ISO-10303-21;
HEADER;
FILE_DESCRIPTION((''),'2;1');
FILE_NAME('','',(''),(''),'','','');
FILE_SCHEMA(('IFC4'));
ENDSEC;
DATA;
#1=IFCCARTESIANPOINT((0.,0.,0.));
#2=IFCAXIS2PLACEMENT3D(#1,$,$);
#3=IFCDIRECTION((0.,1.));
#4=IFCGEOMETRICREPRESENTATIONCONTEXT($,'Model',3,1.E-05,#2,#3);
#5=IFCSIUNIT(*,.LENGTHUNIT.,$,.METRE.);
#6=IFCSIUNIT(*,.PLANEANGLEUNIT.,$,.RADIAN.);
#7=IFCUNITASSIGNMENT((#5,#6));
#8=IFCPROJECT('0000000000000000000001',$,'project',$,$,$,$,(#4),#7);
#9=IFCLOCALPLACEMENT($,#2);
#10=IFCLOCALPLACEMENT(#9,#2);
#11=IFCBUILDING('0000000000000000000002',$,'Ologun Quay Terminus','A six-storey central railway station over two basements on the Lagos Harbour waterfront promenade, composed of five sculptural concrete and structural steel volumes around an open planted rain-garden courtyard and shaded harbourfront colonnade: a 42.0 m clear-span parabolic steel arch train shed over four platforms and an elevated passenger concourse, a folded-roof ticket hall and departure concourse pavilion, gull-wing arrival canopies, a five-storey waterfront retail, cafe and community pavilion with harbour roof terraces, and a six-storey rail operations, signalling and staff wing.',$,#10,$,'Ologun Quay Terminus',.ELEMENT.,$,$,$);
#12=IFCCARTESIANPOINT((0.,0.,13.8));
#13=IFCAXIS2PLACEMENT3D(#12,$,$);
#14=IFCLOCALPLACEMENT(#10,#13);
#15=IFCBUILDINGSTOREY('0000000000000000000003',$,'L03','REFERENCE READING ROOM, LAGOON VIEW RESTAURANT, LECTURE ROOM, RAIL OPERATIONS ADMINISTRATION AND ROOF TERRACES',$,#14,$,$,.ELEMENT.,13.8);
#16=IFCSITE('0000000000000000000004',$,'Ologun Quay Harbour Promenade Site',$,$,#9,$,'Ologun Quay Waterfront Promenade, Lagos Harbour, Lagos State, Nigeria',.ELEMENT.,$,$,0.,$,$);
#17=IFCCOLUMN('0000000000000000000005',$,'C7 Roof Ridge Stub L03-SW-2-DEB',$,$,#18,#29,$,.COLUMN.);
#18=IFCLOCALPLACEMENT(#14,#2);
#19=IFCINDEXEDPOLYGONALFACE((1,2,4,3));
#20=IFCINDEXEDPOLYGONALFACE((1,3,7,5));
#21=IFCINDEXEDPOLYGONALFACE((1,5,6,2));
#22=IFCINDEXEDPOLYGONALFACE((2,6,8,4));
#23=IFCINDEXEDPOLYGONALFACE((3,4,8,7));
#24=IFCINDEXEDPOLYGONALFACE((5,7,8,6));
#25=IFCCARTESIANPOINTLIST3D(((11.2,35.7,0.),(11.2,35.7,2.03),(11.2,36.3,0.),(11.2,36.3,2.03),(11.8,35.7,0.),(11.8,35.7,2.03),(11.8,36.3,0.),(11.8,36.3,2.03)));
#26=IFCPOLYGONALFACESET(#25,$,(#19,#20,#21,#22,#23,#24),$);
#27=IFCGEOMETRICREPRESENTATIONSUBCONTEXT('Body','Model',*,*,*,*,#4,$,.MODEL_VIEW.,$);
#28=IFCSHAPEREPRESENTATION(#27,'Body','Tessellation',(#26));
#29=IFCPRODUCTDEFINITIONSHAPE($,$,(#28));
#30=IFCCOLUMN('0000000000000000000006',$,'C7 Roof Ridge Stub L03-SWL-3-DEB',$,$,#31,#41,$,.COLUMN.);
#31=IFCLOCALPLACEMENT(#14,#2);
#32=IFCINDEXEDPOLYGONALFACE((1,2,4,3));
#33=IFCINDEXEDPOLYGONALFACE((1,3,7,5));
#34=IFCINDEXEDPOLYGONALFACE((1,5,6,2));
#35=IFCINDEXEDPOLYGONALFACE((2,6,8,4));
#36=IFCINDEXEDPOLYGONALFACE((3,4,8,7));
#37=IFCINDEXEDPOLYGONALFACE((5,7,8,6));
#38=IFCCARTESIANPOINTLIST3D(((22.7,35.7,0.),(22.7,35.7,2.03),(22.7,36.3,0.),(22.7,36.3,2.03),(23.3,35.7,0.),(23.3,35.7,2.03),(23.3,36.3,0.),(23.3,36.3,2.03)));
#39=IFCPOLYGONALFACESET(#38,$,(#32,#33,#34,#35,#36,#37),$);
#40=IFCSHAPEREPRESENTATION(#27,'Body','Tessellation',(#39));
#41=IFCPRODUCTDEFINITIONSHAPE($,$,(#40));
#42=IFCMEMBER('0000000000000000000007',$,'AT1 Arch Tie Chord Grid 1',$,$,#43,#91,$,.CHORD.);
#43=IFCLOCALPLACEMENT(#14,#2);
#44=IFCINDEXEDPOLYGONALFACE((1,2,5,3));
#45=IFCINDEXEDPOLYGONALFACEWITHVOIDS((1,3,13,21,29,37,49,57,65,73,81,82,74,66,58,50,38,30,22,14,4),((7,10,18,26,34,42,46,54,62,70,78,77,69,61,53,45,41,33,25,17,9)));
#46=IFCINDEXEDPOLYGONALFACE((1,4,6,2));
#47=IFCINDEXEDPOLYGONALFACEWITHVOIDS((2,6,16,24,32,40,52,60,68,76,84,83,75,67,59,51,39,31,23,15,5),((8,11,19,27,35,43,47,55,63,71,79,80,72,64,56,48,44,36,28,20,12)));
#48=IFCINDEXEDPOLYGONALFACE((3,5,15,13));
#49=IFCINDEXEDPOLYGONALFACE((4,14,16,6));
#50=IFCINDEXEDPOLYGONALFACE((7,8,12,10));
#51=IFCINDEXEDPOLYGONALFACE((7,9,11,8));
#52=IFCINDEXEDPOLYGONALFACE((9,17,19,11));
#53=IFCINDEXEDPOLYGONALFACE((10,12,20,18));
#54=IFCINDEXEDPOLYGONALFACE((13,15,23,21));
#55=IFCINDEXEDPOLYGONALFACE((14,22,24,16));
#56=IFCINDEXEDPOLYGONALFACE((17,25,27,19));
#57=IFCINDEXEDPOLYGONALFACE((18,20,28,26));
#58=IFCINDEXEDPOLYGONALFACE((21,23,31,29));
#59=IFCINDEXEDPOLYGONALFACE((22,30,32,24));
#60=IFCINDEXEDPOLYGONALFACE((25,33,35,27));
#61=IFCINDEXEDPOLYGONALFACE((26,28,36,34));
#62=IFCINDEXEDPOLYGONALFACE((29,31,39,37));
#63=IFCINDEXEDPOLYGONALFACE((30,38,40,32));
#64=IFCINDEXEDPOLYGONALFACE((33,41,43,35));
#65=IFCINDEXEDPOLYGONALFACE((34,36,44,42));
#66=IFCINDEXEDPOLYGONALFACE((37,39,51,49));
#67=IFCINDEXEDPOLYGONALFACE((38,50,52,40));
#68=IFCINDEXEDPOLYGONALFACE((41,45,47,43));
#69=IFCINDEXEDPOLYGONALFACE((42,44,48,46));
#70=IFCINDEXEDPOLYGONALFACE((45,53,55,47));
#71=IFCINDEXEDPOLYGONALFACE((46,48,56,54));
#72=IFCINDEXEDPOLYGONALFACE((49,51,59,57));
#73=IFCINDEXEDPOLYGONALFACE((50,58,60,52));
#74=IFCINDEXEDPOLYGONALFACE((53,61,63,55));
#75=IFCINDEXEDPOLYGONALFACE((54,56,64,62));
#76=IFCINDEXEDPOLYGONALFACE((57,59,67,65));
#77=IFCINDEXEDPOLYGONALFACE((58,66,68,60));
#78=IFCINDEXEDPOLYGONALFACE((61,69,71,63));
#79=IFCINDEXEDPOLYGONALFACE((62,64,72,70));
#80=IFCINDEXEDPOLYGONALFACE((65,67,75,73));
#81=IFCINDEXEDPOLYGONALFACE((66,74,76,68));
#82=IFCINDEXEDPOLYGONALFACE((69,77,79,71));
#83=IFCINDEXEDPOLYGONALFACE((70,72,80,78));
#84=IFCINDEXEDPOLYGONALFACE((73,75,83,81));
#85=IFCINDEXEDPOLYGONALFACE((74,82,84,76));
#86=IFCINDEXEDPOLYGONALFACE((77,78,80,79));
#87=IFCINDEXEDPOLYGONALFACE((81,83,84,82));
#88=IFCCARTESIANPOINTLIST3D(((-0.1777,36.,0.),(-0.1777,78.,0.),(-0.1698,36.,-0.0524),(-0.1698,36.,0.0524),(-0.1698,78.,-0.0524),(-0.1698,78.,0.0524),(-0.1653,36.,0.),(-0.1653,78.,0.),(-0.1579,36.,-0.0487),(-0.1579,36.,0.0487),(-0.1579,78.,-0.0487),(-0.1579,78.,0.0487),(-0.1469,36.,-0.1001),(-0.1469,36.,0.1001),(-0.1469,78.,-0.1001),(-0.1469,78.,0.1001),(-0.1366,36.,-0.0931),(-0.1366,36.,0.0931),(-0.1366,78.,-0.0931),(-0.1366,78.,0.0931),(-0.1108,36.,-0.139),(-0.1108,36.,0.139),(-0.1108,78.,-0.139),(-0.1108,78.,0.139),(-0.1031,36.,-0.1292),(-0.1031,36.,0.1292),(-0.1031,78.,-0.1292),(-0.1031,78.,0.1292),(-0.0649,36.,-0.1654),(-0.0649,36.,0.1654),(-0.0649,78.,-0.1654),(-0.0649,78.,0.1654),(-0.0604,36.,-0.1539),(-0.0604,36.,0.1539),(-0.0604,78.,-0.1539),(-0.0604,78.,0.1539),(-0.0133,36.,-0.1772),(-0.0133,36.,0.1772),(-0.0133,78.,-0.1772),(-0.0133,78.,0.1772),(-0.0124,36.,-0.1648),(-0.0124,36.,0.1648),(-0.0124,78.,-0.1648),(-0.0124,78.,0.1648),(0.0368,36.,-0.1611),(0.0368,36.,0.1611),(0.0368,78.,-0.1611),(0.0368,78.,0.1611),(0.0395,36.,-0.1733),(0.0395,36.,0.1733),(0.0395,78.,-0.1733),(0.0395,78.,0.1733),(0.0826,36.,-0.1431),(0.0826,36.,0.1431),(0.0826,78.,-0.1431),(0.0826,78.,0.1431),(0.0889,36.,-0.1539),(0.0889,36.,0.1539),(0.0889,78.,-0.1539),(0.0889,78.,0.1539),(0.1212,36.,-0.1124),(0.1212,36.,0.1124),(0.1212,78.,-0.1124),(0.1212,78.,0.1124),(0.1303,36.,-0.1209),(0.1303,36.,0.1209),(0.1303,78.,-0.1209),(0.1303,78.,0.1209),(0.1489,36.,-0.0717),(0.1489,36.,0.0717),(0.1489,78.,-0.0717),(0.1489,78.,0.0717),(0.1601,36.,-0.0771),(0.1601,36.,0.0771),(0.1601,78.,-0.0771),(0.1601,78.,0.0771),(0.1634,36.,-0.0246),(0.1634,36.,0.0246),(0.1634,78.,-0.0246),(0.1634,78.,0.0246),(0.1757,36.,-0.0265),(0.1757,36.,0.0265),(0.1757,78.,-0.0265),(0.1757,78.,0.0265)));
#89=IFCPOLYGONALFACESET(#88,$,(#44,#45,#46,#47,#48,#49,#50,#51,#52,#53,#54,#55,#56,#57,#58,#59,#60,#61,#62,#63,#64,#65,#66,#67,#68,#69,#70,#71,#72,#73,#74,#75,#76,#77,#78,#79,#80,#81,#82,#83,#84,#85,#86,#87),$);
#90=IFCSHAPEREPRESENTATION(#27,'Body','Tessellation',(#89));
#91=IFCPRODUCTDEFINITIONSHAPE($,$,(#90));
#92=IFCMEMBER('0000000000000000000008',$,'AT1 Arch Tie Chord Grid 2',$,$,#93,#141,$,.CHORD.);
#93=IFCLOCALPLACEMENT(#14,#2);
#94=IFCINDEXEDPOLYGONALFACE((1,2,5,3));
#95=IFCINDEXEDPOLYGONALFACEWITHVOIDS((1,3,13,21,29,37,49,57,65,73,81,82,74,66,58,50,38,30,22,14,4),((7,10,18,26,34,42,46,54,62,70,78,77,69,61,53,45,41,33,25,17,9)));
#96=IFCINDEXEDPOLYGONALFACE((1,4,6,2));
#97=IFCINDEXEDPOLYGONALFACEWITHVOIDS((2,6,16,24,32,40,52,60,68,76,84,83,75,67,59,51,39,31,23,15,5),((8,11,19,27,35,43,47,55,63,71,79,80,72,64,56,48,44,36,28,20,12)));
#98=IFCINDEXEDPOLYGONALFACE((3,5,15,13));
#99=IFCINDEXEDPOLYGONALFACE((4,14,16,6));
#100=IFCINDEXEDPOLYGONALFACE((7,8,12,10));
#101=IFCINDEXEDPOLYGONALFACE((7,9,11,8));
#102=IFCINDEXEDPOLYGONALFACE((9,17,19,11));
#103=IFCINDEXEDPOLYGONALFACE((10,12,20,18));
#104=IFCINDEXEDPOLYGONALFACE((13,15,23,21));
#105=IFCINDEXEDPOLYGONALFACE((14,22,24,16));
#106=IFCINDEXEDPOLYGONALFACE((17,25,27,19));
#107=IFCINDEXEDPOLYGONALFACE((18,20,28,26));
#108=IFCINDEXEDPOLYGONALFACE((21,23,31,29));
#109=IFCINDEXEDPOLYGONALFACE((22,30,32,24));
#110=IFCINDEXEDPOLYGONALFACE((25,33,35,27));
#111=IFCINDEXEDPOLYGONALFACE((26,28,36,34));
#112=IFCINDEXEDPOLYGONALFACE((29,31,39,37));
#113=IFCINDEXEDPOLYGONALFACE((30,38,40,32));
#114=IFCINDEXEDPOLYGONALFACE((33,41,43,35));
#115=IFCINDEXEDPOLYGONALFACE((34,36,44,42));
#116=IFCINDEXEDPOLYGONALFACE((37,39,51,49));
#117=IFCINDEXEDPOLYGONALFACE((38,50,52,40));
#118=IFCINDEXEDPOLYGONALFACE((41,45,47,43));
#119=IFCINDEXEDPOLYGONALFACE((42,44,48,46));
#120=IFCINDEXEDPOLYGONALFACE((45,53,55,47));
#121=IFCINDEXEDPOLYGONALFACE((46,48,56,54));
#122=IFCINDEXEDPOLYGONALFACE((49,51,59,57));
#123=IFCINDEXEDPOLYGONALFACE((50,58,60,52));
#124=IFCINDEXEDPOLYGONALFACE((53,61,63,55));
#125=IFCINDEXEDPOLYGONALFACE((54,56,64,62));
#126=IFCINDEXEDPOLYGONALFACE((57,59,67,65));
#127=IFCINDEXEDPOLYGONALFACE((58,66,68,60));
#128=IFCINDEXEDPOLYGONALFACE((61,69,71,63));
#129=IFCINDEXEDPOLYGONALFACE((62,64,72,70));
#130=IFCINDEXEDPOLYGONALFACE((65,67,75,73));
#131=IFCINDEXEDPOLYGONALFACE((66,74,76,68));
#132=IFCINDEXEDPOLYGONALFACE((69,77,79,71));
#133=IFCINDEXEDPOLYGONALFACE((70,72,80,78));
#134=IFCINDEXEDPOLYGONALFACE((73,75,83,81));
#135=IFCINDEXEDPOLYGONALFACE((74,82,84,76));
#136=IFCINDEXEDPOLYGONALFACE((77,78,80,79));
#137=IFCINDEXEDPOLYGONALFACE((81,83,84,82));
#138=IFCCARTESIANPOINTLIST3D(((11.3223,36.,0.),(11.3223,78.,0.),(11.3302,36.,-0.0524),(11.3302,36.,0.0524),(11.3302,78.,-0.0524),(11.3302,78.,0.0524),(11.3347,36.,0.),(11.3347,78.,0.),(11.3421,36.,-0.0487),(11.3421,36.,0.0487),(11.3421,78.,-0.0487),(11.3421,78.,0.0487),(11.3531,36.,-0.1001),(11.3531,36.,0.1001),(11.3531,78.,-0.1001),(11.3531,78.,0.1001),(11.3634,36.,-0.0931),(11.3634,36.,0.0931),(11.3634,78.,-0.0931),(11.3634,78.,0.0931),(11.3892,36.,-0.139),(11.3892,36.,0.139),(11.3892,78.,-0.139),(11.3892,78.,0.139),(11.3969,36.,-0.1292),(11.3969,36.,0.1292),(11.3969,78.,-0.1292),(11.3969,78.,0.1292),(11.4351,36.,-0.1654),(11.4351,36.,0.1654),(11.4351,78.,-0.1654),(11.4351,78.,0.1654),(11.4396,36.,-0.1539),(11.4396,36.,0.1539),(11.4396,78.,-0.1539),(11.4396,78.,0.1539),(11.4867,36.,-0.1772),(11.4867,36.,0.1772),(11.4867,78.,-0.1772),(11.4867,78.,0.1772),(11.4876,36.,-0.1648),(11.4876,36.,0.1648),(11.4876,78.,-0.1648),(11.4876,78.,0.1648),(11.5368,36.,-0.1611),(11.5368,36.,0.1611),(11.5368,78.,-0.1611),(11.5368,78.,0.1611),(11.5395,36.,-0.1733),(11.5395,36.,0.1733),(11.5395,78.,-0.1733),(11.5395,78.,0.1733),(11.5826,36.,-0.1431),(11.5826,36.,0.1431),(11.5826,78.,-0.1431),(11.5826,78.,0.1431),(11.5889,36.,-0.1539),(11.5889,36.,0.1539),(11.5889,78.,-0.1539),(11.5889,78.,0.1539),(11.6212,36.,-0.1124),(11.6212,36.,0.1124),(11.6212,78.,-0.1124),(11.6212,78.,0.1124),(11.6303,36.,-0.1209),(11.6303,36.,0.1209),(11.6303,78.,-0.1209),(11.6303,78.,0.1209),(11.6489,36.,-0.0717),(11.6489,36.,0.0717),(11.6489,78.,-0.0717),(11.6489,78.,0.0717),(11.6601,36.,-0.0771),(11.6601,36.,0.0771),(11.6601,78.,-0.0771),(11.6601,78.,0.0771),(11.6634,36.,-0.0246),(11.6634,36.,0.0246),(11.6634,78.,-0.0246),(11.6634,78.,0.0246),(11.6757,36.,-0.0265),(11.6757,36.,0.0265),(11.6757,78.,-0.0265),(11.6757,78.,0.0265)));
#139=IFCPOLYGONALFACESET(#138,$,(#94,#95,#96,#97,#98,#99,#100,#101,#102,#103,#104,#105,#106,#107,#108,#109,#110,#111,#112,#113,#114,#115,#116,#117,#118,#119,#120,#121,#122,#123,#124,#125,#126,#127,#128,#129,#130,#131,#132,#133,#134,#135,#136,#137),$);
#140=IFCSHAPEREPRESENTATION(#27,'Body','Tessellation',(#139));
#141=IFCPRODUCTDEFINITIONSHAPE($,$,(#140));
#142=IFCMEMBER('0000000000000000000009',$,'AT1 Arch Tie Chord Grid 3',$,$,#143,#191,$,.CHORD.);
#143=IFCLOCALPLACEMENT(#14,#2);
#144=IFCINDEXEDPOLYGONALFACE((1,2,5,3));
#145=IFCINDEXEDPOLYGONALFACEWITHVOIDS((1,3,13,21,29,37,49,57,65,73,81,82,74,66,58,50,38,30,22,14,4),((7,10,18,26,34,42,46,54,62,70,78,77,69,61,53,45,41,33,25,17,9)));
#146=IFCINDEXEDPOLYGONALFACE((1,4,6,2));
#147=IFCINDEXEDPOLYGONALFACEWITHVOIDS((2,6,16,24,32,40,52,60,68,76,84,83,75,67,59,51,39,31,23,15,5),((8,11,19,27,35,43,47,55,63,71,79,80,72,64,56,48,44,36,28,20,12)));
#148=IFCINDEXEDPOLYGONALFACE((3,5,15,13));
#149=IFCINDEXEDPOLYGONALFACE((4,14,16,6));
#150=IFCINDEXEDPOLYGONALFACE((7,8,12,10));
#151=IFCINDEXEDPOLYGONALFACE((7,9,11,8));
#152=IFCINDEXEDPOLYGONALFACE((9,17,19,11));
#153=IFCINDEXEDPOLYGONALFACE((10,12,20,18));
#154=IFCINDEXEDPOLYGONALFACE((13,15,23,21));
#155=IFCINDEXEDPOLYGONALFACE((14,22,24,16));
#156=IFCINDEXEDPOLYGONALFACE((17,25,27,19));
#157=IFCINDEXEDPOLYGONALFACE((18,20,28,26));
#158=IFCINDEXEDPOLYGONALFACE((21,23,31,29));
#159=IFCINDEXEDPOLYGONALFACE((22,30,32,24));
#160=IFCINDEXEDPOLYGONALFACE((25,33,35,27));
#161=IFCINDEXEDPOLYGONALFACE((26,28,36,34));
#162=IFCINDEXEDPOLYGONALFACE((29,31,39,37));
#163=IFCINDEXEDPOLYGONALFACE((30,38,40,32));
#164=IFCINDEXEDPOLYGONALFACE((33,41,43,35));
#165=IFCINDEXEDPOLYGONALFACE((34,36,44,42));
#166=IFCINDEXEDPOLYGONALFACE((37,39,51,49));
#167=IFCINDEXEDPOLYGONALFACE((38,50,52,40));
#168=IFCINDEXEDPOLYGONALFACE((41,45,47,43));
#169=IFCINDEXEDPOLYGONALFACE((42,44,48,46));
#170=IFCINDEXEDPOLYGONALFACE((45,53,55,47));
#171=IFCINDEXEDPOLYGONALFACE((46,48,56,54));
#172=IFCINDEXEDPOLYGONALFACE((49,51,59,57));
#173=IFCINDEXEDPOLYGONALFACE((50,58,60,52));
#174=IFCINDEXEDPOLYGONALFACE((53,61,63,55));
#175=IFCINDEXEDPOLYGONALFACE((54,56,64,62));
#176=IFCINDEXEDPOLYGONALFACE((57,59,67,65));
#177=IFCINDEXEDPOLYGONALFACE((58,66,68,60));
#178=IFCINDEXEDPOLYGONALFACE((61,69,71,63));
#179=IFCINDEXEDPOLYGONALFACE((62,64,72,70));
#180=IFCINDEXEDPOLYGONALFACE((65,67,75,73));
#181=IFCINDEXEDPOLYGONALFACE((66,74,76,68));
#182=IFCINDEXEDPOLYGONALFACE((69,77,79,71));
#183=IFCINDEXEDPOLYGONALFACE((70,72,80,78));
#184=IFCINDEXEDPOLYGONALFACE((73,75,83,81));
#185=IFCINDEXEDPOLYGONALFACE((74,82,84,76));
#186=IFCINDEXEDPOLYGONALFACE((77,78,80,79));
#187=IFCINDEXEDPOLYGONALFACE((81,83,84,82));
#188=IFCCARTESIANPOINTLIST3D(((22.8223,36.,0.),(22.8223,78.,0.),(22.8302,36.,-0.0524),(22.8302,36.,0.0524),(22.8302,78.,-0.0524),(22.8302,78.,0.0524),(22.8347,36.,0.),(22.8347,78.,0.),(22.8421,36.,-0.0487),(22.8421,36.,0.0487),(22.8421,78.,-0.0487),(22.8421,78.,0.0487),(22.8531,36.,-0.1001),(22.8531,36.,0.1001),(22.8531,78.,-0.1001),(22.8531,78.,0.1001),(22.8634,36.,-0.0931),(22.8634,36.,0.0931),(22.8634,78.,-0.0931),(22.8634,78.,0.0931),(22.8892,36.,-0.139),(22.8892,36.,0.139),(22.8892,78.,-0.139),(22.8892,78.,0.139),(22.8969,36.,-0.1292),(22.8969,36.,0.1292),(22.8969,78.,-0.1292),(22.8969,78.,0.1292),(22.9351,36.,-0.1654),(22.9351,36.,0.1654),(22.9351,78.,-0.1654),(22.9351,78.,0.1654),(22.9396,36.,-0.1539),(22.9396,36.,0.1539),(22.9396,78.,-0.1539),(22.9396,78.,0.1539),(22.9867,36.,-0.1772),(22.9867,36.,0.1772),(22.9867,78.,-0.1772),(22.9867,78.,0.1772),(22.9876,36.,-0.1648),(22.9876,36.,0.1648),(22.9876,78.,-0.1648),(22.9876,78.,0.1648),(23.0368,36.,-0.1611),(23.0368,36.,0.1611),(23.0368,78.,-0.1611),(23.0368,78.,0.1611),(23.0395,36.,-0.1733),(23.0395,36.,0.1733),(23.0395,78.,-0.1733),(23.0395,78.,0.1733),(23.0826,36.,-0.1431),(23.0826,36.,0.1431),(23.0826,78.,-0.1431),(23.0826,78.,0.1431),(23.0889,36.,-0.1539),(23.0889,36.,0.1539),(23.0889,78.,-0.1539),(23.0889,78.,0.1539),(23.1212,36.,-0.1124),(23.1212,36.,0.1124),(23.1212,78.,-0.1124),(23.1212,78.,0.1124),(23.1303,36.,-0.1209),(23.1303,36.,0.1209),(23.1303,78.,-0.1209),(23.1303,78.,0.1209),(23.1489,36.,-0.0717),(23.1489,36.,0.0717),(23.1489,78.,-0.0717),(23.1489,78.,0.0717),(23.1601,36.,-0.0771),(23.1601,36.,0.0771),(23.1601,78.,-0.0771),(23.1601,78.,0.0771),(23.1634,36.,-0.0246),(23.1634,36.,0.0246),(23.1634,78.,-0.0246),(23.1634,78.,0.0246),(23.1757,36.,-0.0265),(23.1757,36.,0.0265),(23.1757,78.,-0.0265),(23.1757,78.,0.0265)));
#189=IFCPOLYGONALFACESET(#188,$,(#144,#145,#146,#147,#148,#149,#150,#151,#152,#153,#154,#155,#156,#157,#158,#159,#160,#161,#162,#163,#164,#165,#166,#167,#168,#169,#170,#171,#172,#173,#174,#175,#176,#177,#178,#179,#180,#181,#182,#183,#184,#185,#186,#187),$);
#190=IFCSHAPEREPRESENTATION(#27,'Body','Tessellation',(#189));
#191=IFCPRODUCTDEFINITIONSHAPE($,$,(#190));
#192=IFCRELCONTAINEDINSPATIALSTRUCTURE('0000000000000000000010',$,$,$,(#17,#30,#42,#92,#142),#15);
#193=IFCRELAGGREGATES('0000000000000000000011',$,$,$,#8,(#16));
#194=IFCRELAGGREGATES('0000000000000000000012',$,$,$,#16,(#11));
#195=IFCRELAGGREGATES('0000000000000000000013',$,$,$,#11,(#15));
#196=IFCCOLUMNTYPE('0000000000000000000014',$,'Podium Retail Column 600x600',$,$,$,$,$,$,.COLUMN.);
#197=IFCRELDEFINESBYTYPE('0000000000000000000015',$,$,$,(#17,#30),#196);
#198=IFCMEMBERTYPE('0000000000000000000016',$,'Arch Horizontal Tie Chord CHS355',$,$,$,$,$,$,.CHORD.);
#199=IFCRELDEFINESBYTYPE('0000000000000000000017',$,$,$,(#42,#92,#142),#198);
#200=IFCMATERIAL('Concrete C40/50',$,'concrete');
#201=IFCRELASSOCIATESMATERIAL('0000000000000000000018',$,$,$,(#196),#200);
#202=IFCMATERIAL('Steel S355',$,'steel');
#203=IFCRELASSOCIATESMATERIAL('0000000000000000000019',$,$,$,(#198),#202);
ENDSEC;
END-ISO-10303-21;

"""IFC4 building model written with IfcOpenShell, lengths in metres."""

from ifc_helpers import new_model, si_unit, direction, frame, origin, origin_2d, place, context, subcontext, project, spatial, rectangle, hollow_circle, extrude, material, material_profile, profile_set, type_object, element, save


model = new_model("IFC4")

# Units and contexts
model_context = context("Model", 3, precision=1e-05, world=origin(), true_north=direction((0.0, 1.0)))
body_context = subcontext(model_context, "Body", "Model", "MODEL_VIEW")
ifc_project = project(units=[si_unit("LENGTHUNIT", "METRE"), si_unit("PLANEANGLEUNIT", "RADIAN")], contexts=[model_context])

# Site, building, storey
site_placement = place(None, origin())
site = spatial("IfcSite", under=ifc_project, at=site_placement, Name="Ologun Quay Harbour Promenade Site", LongName="Ologun Quay Waterfront Promenade, Lagos Harbour, Lagos State, Nigeria", CompositionType="ELEMENT", RefElevation=0.0)
building_placement = place(site_placement, origin())
building = spatial("IfcBuilding", under=site, at=building_placement, Name="Ologun Quay Terminus", Description="A six-storey central railway station over two basements on the Lagos Harbour waterfront promenade, composed of five sculptural concrete and structural steel volumes around an open planted rain-garden courtyard and shaded harbourfront colonnade: a 42.0 m clear-span parabolic steel arch train shed over four platforms and an elevated passenger concourse, a folded-roof ticket hall and departure concourse pavilion, gull-wing arrival canopies, a five-storey waterfront retail, cafe and community pavilion with harbour roof terraces, and a six-storey rail operations, signalling and staff wing.", LongName="Ologun Quay Terminus", CompositionType="ELEMENT")
storey_placement = place(building_placement, frame((0.0, 0.0, 13.8)))
storey = spatial("IfcBuildingStorey", under=building, at=storey_placement, Name="L03", Description="REFERENCE READING ROOM, LAGOON VIEW RESTAURANT, LECTURE ROOM, RAIL OPERATIONS ADMINISTRATION AND ROOF TERRACES", CompositionType="ELEMENT", Elevation=13.8)

# Columns
ifc_material_1 = material(Name="Concrete C40/50", Category="concrete")
ifc_material_profile_1 = material_profile(ifc_material_1, rectangle(XDim=0.6001, YDim=0.6001, at=origin_2d()), Name="RC 600x600")
ifc_profile_set_1 = profile_set([ifc_material_profile_1], Name="Concrete C40/50")
column_type = type_object("IfcColumnType", Name="Podium Retail Column 600x600", PredefinedType="COLUMN", material=ifc_profile_set_1)
for number, where, z_axis, x_axis, name in (
    (1, (11.5, 36.0, 0.0), (0.0, 0.0, 1.0), (1.0, 0.0, 0.0), "C7 Roof Ridge Stub L03-SW-2-DEB"),
    (2, (23.0, 36.0, 0.0), (0.0, 0.0, 1.0), (1.0, 0.0, 0.0), "C7 Roof Ridge Stub L03-SWL-3-DEB"),
):
    element("IfcColumn", number, at=place(storey_placement, frame(where, z_axis=z_axis, x_axis=x_axis)), inside=storey, type_object=column_type, Name=name, PredefinedType="COLUMN", context=body_context, shape_type="SweptSolid", body=[
        extrude(rectangle(XDim=0.6001, YDim=0.6001, at=origin_2d()), origin(), (0.0, 0.0, 1.0), 2.03),
    ])

# Members
ifc_material_2 = material(Name="Steel S355", Category="steel")
ifc_material_profile_2 = material_profile(ifc_material_2, hollow_circle(Radius=0.1777, WallThickness=0.0125, at=origin_2d()), Name="CHS 355.6x12.5")
ifc_profile_set_2 = profile_set([ifc_material_profile_2], Name="Steel S355")
member_type_1 = type_object("IfcMemberType", Name="Arch Horizontal Tie Chord CHS355", PredefinedType="CHORD", material=ifc_profile_set_2)
for number, where, z_axis, x_axis, name in (
    (3, (0.0, 36.0, 0.0), (0.0, 1.0, 0.0), (-1.0, 0.0, 0.0), "AT1 Arch Tie Chord Grid 1"),
    (4, (11.5, 36.0, 0.0), (0.0, 1.0, 0.0), (-1.0, 0.0, 0.0), "AT1 Arch Tie Chord Grid 2"),
    (5, (23.0, 36.0, 0.0), (0.0, 1.0, 0.0), (-1.0, 0.0, 0.0), "AT1 Arch Tie Chord Grid 3"),
):
    element("IfcMember", number, at=place(storey_placement, frame(where, z_axis=z_axis, x_axis=x_axis)), inside=storey, type_object=member_type_1, Name=name, PredefinedType="CHORD", context=body_context, shape_type="SweptSolid", body=[
        extrude(hollow_circle(Radius=0.1777, WallThickness=0.0125, at=origin_2d()), origin(), (0.0, 0.0, 1.0), 42.0),
    ])

save(model, "model.ifc")
